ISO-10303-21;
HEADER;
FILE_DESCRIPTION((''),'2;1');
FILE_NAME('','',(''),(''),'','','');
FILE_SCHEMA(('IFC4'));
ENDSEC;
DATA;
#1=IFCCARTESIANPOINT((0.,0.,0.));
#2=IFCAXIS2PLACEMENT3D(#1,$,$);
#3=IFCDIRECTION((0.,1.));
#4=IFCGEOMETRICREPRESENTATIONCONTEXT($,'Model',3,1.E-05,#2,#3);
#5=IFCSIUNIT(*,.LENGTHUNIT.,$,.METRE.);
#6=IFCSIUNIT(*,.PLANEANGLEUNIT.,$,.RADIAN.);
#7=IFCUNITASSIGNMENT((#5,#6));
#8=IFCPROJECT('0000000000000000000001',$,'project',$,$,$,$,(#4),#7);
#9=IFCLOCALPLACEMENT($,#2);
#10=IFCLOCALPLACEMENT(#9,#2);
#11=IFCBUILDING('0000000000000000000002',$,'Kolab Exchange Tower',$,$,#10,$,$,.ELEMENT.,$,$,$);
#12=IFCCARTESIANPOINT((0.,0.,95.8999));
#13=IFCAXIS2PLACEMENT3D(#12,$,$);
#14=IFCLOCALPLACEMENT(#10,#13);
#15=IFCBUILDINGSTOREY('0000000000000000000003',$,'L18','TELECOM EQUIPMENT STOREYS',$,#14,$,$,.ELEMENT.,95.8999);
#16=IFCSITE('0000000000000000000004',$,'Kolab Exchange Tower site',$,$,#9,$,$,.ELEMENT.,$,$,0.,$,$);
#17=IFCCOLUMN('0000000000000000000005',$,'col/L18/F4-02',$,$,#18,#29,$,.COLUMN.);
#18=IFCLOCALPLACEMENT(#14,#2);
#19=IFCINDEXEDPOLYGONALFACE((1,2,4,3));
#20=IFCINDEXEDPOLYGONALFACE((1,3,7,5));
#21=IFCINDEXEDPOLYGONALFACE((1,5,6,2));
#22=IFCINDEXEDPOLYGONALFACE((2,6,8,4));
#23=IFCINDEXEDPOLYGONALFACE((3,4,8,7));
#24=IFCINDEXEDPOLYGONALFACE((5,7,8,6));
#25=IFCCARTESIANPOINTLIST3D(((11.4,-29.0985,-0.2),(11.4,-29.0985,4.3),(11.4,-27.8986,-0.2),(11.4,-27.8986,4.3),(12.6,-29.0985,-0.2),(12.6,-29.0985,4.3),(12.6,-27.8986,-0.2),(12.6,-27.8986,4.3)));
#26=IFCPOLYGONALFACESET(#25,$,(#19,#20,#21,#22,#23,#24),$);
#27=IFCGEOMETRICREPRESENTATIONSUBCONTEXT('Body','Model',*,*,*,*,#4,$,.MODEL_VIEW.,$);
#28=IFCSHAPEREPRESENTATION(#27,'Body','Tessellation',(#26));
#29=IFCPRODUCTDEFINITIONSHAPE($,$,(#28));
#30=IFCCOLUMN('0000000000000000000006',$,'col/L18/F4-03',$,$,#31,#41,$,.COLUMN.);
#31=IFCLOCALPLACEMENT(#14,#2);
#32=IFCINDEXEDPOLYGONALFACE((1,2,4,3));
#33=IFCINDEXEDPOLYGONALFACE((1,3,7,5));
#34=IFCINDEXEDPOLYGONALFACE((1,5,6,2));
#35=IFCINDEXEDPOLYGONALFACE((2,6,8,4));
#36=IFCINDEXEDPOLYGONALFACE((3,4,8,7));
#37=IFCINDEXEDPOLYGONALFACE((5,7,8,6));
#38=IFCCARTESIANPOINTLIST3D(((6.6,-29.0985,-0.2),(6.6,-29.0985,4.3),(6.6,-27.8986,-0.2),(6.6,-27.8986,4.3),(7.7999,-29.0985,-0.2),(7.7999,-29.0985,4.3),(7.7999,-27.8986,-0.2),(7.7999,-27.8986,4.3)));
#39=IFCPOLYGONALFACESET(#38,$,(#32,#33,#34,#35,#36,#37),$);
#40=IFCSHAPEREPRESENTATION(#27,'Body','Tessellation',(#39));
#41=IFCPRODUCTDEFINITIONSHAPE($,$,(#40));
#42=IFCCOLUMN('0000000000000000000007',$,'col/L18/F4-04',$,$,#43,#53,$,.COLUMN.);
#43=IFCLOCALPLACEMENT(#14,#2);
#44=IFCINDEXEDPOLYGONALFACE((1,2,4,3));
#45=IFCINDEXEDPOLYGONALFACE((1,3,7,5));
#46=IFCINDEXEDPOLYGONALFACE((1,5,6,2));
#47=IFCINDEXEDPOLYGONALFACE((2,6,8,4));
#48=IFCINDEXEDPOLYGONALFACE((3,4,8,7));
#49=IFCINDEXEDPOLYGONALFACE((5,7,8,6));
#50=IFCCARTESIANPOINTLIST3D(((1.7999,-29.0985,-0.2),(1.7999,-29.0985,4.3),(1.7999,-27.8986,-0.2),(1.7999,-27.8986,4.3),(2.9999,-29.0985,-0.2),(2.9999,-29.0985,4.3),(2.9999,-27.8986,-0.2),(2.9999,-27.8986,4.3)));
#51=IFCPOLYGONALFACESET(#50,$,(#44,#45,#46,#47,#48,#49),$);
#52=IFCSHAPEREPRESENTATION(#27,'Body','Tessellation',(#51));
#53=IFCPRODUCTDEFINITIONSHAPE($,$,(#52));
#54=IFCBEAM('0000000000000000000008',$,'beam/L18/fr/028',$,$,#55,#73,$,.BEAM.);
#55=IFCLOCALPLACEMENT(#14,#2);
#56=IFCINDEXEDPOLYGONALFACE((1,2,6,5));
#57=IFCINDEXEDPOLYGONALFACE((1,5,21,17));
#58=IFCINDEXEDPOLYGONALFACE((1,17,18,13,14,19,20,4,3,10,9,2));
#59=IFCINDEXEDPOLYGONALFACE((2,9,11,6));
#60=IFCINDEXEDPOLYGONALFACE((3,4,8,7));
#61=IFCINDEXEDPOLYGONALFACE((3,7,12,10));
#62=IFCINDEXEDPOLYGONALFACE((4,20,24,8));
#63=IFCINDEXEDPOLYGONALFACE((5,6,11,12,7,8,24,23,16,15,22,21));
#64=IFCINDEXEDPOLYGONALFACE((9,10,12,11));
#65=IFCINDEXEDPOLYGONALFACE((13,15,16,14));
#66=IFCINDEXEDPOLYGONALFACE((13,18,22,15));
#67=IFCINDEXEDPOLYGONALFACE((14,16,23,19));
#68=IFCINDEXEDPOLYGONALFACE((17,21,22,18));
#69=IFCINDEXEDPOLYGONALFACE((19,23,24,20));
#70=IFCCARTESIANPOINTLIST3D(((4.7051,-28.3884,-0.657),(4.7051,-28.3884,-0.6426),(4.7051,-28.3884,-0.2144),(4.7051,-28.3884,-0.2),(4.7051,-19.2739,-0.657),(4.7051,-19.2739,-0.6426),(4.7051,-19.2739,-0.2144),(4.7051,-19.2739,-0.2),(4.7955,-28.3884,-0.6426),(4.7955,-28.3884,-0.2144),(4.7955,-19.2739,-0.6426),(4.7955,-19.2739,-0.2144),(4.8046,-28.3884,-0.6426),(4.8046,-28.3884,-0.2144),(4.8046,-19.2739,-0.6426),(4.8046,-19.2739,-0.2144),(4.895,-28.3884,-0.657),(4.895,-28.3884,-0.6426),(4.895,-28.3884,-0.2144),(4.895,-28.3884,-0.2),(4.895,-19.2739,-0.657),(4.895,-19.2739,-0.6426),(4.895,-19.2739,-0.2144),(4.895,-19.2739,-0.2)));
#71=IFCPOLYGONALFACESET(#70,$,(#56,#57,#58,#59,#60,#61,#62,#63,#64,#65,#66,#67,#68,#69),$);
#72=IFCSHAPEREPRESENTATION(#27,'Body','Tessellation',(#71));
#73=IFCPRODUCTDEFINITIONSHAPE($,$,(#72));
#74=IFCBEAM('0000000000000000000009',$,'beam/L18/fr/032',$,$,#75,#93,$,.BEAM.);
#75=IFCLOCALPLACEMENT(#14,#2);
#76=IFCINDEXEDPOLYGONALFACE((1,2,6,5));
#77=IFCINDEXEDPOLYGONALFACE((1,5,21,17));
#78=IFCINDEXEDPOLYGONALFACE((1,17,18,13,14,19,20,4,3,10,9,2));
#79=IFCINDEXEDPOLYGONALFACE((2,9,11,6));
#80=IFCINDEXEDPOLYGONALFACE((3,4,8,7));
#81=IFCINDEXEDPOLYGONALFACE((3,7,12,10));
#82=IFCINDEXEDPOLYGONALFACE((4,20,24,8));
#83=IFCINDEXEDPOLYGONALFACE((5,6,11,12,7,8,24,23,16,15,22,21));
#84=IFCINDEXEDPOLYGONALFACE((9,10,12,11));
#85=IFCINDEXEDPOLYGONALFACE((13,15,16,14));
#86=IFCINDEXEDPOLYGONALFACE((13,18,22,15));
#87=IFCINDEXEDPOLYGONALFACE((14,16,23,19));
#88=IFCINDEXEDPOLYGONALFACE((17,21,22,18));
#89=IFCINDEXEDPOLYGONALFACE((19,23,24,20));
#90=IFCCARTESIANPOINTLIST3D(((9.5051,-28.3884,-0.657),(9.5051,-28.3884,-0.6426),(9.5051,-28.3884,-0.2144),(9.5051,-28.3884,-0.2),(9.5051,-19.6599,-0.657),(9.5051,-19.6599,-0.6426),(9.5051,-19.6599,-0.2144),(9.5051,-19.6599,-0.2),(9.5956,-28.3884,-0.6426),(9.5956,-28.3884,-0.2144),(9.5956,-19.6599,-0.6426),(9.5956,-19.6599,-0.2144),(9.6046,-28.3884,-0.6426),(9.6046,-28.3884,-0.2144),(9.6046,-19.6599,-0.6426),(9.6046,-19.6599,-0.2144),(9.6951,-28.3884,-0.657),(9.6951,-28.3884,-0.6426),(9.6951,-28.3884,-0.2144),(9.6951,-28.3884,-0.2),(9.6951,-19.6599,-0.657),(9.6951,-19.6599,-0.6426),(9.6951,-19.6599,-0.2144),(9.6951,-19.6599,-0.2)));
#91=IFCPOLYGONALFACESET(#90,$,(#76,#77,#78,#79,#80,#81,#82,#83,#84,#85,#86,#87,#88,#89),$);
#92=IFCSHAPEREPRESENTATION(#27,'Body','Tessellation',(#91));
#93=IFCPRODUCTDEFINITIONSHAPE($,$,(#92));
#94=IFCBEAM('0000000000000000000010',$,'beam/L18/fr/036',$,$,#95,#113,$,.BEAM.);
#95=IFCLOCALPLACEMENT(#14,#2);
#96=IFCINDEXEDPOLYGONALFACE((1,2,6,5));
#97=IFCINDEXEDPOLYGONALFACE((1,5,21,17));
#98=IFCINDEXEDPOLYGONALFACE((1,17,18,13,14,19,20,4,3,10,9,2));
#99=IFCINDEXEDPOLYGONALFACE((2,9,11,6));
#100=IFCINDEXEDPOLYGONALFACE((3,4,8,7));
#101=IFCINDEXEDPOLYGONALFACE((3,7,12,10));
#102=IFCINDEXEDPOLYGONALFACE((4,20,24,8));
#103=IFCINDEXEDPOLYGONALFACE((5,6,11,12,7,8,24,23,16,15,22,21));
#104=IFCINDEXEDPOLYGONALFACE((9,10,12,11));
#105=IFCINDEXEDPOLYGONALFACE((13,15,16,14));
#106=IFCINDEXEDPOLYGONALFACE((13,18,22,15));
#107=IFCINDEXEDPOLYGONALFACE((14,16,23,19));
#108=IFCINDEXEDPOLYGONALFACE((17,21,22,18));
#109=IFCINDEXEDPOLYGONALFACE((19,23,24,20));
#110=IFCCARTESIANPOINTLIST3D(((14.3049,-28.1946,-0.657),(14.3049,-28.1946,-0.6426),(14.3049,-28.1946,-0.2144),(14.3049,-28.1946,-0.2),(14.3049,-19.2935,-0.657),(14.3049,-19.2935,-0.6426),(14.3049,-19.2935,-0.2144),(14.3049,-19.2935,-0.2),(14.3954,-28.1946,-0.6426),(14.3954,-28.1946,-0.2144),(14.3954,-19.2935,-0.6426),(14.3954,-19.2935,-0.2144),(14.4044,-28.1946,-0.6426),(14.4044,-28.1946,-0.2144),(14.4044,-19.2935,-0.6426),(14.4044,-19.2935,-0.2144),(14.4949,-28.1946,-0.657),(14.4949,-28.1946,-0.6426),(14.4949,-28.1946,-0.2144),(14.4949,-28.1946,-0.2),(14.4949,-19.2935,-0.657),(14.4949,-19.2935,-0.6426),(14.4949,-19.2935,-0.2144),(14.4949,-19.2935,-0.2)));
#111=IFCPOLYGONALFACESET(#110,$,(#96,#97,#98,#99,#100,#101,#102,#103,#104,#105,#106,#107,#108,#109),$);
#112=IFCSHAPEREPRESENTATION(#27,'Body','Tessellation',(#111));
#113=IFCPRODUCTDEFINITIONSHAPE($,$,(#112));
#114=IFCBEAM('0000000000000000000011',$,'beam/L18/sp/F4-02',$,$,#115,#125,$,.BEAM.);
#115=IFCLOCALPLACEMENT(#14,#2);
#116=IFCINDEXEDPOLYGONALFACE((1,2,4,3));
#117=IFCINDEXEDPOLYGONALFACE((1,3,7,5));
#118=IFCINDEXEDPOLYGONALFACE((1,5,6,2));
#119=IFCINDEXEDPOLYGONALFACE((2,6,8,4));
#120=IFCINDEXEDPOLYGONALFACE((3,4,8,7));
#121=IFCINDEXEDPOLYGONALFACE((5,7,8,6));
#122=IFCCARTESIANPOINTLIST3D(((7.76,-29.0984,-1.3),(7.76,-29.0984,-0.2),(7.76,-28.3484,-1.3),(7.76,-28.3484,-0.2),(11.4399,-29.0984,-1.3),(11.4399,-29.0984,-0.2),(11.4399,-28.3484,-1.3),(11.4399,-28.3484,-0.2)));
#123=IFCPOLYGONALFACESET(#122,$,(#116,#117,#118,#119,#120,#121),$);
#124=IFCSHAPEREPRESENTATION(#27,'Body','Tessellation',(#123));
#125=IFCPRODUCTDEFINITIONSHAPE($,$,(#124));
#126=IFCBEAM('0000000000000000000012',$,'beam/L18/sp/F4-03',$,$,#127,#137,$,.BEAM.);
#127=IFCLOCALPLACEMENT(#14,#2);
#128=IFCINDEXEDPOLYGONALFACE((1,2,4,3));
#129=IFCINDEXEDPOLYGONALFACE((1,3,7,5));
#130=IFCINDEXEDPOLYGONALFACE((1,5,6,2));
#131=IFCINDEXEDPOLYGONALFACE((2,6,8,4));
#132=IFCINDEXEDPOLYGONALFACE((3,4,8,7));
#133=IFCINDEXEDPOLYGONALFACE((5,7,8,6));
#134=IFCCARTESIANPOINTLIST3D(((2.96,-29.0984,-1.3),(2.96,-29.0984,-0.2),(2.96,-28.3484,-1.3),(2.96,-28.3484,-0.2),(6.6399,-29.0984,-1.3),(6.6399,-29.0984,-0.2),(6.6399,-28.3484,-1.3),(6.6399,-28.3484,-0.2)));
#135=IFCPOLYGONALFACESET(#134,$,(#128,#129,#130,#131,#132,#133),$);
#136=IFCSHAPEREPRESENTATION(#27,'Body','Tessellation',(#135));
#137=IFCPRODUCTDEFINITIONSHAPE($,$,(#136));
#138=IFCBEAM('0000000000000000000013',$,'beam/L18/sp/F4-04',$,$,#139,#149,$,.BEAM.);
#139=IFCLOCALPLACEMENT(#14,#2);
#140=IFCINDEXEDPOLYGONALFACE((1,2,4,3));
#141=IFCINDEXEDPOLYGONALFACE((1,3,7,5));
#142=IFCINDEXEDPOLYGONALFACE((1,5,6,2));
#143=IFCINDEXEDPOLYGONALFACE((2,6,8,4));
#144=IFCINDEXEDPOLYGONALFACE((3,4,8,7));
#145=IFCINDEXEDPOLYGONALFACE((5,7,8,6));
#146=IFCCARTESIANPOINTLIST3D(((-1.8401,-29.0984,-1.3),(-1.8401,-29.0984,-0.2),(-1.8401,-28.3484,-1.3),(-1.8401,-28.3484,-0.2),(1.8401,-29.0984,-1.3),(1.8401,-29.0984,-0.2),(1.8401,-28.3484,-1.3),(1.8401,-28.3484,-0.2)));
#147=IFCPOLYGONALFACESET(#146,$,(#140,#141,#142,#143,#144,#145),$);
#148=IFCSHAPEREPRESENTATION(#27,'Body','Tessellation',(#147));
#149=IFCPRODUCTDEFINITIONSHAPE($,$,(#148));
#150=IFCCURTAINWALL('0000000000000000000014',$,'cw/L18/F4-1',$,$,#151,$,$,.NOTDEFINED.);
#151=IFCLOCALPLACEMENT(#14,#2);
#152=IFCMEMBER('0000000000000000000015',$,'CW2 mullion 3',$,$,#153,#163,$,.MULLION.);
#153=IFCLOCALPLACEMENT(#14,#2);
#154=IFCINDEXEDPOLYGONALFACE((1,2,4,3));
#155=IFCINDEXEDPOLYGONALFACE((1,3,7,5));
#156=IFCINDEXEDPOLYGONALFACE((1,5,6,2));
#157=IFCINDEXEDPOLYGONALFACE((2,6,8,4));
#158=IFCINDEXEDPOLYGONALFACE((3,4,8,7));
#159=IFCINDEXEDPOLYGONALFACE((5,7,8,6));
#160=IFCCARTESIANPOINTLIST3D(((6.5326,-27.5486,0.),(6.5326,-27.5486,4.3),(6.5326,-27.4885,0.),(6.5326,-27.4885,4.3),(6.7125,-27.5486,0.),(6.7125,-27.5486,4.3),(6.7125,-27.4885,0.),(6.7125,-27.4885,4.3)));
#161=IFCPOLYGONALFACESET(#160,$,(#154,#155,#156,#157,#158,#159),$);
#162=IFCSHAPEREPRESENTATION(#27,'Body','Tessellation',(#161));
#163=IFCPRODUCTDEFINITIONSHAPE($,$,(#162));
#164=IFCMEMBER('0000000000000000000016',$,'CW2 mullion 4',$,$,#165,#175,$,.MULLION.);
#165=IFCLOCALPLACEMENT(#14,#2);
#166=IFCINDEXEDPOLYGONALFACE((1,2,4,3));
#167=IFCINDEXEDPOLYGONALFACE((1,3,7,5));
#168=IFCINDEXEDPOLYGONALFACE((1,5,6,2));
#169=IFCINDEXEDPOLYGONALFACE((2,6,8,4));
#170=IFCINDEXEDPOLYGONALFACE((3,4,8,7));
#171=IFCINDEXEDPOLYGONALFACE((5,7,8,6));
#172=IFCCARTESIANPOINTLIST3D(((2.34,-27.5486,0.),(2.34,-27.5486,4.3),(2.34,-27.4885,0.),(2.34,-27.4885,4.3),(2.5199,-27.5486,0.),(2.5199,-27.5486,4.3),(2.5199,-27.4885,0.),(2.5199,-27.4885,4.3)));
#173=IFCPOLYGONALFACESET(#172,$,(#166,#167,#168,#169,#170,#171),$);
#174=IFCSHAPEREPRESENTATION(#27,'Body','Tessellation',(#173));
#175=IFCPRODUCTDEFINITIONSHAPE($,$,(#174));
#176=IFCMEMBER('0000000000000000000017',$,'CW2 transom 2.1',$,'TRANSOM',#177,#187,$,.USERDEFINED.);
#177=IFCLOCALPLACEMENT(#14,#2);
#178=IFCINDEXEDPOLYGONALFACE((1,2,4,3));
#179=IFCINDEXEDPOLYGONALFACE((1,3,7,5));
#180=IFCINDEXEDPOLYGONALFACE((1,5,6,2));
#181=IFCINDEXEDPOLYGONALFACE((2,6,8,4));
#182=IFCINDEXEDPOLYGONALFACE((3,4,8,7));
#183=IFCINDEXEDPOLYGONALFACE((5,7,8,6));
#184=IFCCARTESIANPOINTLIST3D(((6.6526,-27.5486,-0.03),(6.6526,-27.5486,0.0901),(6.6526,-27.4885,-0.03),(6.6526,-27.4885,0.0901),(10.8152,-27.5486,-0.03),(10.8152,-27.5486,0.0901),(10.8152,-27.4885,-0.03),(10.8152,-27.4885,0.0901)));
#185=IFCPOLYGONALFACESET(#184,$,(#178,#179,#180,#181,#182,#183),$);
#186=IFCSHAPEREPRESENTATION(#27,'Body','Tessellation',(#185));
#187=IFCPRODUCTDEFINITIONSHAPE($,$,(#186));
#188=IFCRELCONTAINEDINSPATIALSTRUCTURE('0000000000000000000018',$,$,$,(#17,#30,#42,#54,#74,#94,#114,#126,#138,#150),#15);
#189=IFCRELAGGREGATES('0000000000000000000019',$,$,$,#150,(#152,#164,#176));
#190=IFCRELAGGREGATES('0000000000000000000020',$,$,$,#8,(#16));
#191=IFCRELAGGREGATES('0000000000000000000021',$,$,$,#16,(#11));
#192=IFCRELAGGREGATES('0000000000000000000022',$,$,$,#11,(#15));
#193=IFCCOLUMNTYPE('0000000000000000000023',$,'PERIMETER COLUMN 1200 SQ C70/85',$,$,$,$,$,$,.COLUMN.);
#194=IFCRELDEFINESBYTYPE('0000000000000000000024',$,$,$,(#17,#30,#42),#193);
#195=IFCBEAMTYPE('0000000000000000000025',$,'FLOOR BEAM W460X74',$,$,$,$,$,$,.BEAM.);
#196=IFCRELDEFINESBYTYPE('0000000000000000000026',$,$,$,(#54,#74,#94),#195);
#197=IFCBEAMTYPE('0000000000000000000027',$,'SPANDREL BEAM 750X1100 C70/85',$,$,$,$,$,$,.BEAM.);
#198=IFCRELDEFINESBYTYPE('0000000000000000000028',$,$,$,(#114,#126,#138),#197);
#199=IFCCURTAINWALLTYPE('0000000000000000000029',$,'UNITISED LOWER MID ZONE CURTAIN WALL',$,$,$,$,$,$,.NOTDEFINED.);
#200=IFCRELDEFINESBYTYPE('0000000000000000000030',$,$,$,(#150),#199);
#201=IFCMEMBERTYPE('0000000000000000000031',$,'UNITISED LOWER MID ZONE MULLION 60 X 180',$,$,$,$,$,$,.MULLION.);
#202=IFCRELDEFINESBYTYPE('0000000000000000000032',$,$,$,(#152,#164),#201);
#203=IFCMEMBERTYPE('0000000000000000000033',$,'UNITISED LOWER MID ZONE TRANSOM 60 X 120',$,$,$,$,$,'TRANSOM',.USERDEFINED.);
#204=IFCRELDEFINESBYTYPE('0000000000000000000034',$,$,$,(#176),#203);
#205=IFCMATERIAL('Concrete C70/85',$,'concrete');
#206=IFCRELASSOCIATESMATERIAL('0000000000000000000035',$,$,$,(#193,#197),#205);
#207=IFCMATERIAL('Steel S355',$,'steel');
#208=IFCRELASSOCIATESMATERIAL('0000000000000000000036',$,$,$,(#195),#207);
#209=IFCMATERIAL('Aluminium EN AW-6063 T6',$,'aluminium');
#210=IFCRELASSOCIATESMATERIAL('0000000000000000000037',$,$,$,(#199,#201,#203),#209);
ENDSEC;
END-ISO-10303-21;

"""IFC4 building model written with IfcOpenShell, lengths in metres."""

from ifc_helpers import new_model, si_unit, direction, frame, origin, origin_2d, place, context, subcontext, project, spatial, rectangle, i_section, extrude, material, material_profile, profile_set, type_object, element, aggregate, save


model = new_model("IFC4")

# Units and contexts
model_context = context("Model", 3, precision=1e-05, world=origin(), true_north=direction((0.0, 1.0)))
body_context = subcontext(model_context, "Body", "Model", "MODEL_VIEW")
ifc_project = project(units=[si_unit("LENGTHUNIT", "METRE"), si_unit("PLANEANGLEUNIT", "RADIAN")], contexts=[model_context])

# Site, building, storey
site_placement = place(None, origin())
site = spatial("IfcSite", under=ifc_project, at=site_placement, Name="Kolab Exchange Tower site", CompositionType="ELEMENT", RefElevation=0.0)
building_placement = place(site_placement, origin())
building = spatial("IfcBuilding", under=site, at=building_placement, Name="Kolab Exchange Tower", CompositionType="ELEMENT")
storey_placement = place(building_placement, frame((0.0, 0.0, 95.8999)))
storey = spatial("IfcBuildingStorey", under=building, at=storey_placement, Name="L18", Description="TELECOM EQUIPMENT STOREYS", CompositionType="ELEMENT", Elevation=95.8999)

# Columns
ifc_material_1 = material(Name="Concrete C70/85", Category="concrete")
ifc_material_profile_1 = material_profile(ifc_material_1, rectangle(XDim=1.2, YDim=1.2, at=origin_2d()), Name="RC1200")
ifc_profile_set_1 = profile_set([ifc_material_profile_1], Name="Concrete C70/85")
column_type = type_object("IfcColumnType", Name="PERIMETER COLUMN 1200 SQ C70/85", PredefinedType="COLUMN", material=ifc_profile_set_1)
for number, where, z_axis, x_axis, name in (
    (1, (12.0, -28.4985, -0.2), (0.0, 0.0, 1.0), (1.0, 0.0, 0.0), "col/L18/F4-02"),
    (2, (7.2, -28.4985, -0.2), (0.0, 0.0, 1.0), (1.0, 0.0, 0.0), "col/L18/F4-03"),
    (3, (2.3999, -28.4985, -0.2), (0.0, 0.0, 1.0), (1.0, 0.0, 0.0), "col/L18/F4-04"),
):
    element("IfcColumn", number, at=place(storey_placement, frame(where, z_axis=z_axis, x_axis=x_axis)), inside=storey, type_object=column_type, Name=name, PredefinedType="COLUMN", context=body_context, shape_type="SweptSolid", body=[
        extrude(rectangle(XDim=1.2, YDim=1.2, at=origin_2d()), origin(), (0.0, 0.0, 1.0), 4.5),
    ])

# Beams
ifc_material_2 = material(Name="Steel S355", Category="steel")
ifc_material_profile_2 = material_profile(ifc_material_2, i_section(OverallWidth=0.1899, OverallDepth=0.457, WebThickness=0.009, FlangeThickness=0.0144, at=origin_2d()), Name="W460X74")
ifc_profile_set_2 = profile_set([ifc_material_profile_2], Name="Steel S355")
beam_type_1 = type_object("IfcBeamType", Name="FLOOR BEAM W460X74", PredefinedType="BEAM", material=ifc_profile_set_2)
beam_1_placement = place(storey_placement, frame((4.8, -28.3884, -0.4285), z_axis=(0.0, 1.0, 0.0), x_axis=(-1.0, 0.0, 0.0)))
element("IfcBeam", 4, at=beam_1_placement, inside=storey, type_object=beam_type_1, Name="beam/L18/fr/028", PredefinedType="BEAM", context=body_context, shape_type="SweptSolid", body=[
    extrude(i_section(OverallWidth=0.1899, OverallDepth=0.457, WebThickness=0.009, FlangeThickness=0.0144, at=origin_2d()), origin(), (0.0, 0.0, 1.0), 9.1145),
])
beam_2_placement = place(storey_placement, frame((9.6001, -28.3884, -0.4285), z_axis=(0.0, 1.0, 0.0), x_axis=(-1.0, 0.0, 0.0)))
element("IfcBeam", 5, at=beam_2_placement, inside=storey, type_object=beam_type_1, Name="beam/L18/fr/032", PredefinedType="BEAM", context=body_context, shape_type="SweptSolid", body=[
    extrude(i_section(OverallWidth=0.1899, OverallDepth=0.457, WebThickness=0.009, FlangeThickness=0.0144, at=origin_2d()), origin(), (0.0, 0.0, 1.0), 8.7285),
])
beam_3_placement = place(storey_placement, frame((14.3999, -28.1946, -0.4285), z_axis=(0.0, 1.0, 0.0), x_axis=(-1.0, 0.0, 0.0)))
element("IfcBeam", 6, at=beam_3_placement, inside=storey, type_object=beam_type_1, Name="beam/L18/fr/036", PredefinedType="BEAM", context=body_context, shape_type="SweptSolid", body=[
    extrude(i_section(OverallWidth=0.1899, OverallDepth=0.457, WebThickness=0.009, FlangeThickness=0.0144, at=origin_2d()), origin(), (0.0, 0.0, 1.0), 8.9011),
])
ifc_material_profile_3 = material_profile(ifc_material_1, rectangle(XDim=0.75, YDim=1.1001, at=origin_2d()), Name="RC750X1100")
ifc_profile_set_3 = profile_set([ifc_material_profile_3], Name="Concrete C70/85")
beam_type_2 = type_object("IfcBeamType", Name="SPANDREL BEAM 750X1100 C70/85", PredefinedType="BEAM", material=ifc_profile_set_3)
for number, where, z_axis, x_axis, name in (
    (7, (11.4399, -28.7234, -0.75), (-1.0, 0.0, 0.0), (0.0, -1.0, 0.0), "beam/L18/sp/F4-02"),
    (8, (6.6399, -28.7234, -0.75), (-1.0, 0.0, 0.0), (0.0, -1.0, 0.0), "beam/L18/sp/F4-03"),
):
    element("IfcBeam", number, at=place(storey_placement, frame(where, z_axis=z_axis, x_axis=x_axis)), inside=storey, type_object=beam_type_2, Name=name, PredefinedType="BEAM", context=body_context, shape_type="SweptSolid", body=[
        extrude(rectangle(XDim=0.75, YDim=1.1001, at=origin_2d()), origin(), (0.0, 0.0, 1.0), 3.6799),
    ])
beam_4_placement = place(storey_placement, frame((1.8401, -28.7234, -0.75), z_axis=(-1.0, 0.0, 0.0), x_axis=(0.0, -1.0, 0.0)))
element("IfcBeam", 9, at=beam_4_placement, inside=storey, type_object=beam_type_2, Name="beam/L18/sp/F4-04", PredefinedType="BEAM", context=body_context, shape_type="SweptSolid", body=[
    extrude(rectangle(XDim=0.75, YDim=1.1001, at=origin_2d()), origin(), (0.0, 0.0, 1.0), 3.6802),
])

# Curtain wall, members
ifc_material_3 = material(Name="Aluminium EN AW-6063 T6", Category="aluminium")
curtain_wall_type = type_object("IfcCurtainWallType", Name="UNITISED LOWER MID ZONE CURTAIN WALL", PredefinedType="NOTDEFINED", material=ifc_material_3)
curtain_wall_placement = place(storey_placement, origin())
curtain_wall = element("IfcCurtainWall", 10, at=curtain_wall_placement, inside=storey, type_object=curtain_wall_type, Name="cw/L18/F4-1", PredefinedType="NOTDEFINED")
ifc_material_profile_4 = material_profile(ifc_material_3, rectangle(XDim=0.0601, YDim=0.1799, at=origin_2d()), Name="RECT 60X180")
ifc_profile_set_4 = profile_set([ifc_material_profile_4], Name="Aluminium EN AW-6063 T6")
member_type_1 = type_object("IfcMemberType", Name="UNITISED LOWER MID ZONE MULLION 60 X 180", PredefinedType="MULLION", material=ifc_profile_set_4)
member_1_placement = place(storey_placement, frame((6.6226, -27.5186, 0.0), z_axis=(0.0, 0.0, 1.0), x_axis=(0.0, -1.0, 0.0)))
member_1 = element("IfcMember", 11, at=member_1_placement, type_object=member_type_1, Name="CW2 mullion 3", PredefinedType="MULLION", context=body_context, shape_type="SweptSolid", body=[
    extrude(rectangle(XDim=0.0601, YDim=0.1799, at=origin_2d()), origin(), (0.0, 0.0, 1.0), 4.3),
])
member_2_placement = place(storey_placement, frame((2.4299, -27.5186, 0.0), z_axis=(0.0, 0.0, 1.0), x_axis=(0.0, -1.0, 0.0)))
member_2 = element("IfcMember", 12, at=member_2_placement, type_object=member_type_1, Name="CW2 mullion 4", PredefinedType="MULLION", context=body_context, shape_type="SweptSolid", body=[
    extrude(rectangle(XDim=0.0601, YDim=0.1799, at=origin_2d()), origin(), (0.0, 0.0, 1.0), 4.3),
])
ifc_material_profile_5 = material_profile(ifc_material_3, rectangle(XDim=0.0601, YDim=0.1201, at=origin_2d()), Name="RECT 60X120")
ifc_profile_set_5 = profile_set([ifc_material_profile_5], Name="Aluminium EN AW-6063 T6")
member_type_2 = type_object("IfcMemberType", Name="UNITISED LOWER MID ZONE TRANSOM 60 X 120", ElementType="TRANSOM", PredefinedType="USERDEFINED", material=ifc_profile_set_5)
member_3_placement = place(storey_placement, frame((10.8152, -27.5186, 0.03), z_axis=(-1.0, 0.0, 0.0), x_axis=(0.0, -1.0, 0.0)))
member_3 = element("IfcMember", 13, at=member_3_placement, type_object=member_type_2, Name="CW2 transom 2.1", ObjectType="TRANSOM", PredefinedType="USERDEFINED", context=body_context, shape_type="SweptSolid", body=[
    extrude(rectangle(XDim=0.0601, YDim=0.1201, at=origin_2d()), origin(), (0.0, 0.0, 1.0), 4.1626),
])
aggregate(curtain_wall, [member_1, member_2, member_3])

save(model, "model.ifc")
